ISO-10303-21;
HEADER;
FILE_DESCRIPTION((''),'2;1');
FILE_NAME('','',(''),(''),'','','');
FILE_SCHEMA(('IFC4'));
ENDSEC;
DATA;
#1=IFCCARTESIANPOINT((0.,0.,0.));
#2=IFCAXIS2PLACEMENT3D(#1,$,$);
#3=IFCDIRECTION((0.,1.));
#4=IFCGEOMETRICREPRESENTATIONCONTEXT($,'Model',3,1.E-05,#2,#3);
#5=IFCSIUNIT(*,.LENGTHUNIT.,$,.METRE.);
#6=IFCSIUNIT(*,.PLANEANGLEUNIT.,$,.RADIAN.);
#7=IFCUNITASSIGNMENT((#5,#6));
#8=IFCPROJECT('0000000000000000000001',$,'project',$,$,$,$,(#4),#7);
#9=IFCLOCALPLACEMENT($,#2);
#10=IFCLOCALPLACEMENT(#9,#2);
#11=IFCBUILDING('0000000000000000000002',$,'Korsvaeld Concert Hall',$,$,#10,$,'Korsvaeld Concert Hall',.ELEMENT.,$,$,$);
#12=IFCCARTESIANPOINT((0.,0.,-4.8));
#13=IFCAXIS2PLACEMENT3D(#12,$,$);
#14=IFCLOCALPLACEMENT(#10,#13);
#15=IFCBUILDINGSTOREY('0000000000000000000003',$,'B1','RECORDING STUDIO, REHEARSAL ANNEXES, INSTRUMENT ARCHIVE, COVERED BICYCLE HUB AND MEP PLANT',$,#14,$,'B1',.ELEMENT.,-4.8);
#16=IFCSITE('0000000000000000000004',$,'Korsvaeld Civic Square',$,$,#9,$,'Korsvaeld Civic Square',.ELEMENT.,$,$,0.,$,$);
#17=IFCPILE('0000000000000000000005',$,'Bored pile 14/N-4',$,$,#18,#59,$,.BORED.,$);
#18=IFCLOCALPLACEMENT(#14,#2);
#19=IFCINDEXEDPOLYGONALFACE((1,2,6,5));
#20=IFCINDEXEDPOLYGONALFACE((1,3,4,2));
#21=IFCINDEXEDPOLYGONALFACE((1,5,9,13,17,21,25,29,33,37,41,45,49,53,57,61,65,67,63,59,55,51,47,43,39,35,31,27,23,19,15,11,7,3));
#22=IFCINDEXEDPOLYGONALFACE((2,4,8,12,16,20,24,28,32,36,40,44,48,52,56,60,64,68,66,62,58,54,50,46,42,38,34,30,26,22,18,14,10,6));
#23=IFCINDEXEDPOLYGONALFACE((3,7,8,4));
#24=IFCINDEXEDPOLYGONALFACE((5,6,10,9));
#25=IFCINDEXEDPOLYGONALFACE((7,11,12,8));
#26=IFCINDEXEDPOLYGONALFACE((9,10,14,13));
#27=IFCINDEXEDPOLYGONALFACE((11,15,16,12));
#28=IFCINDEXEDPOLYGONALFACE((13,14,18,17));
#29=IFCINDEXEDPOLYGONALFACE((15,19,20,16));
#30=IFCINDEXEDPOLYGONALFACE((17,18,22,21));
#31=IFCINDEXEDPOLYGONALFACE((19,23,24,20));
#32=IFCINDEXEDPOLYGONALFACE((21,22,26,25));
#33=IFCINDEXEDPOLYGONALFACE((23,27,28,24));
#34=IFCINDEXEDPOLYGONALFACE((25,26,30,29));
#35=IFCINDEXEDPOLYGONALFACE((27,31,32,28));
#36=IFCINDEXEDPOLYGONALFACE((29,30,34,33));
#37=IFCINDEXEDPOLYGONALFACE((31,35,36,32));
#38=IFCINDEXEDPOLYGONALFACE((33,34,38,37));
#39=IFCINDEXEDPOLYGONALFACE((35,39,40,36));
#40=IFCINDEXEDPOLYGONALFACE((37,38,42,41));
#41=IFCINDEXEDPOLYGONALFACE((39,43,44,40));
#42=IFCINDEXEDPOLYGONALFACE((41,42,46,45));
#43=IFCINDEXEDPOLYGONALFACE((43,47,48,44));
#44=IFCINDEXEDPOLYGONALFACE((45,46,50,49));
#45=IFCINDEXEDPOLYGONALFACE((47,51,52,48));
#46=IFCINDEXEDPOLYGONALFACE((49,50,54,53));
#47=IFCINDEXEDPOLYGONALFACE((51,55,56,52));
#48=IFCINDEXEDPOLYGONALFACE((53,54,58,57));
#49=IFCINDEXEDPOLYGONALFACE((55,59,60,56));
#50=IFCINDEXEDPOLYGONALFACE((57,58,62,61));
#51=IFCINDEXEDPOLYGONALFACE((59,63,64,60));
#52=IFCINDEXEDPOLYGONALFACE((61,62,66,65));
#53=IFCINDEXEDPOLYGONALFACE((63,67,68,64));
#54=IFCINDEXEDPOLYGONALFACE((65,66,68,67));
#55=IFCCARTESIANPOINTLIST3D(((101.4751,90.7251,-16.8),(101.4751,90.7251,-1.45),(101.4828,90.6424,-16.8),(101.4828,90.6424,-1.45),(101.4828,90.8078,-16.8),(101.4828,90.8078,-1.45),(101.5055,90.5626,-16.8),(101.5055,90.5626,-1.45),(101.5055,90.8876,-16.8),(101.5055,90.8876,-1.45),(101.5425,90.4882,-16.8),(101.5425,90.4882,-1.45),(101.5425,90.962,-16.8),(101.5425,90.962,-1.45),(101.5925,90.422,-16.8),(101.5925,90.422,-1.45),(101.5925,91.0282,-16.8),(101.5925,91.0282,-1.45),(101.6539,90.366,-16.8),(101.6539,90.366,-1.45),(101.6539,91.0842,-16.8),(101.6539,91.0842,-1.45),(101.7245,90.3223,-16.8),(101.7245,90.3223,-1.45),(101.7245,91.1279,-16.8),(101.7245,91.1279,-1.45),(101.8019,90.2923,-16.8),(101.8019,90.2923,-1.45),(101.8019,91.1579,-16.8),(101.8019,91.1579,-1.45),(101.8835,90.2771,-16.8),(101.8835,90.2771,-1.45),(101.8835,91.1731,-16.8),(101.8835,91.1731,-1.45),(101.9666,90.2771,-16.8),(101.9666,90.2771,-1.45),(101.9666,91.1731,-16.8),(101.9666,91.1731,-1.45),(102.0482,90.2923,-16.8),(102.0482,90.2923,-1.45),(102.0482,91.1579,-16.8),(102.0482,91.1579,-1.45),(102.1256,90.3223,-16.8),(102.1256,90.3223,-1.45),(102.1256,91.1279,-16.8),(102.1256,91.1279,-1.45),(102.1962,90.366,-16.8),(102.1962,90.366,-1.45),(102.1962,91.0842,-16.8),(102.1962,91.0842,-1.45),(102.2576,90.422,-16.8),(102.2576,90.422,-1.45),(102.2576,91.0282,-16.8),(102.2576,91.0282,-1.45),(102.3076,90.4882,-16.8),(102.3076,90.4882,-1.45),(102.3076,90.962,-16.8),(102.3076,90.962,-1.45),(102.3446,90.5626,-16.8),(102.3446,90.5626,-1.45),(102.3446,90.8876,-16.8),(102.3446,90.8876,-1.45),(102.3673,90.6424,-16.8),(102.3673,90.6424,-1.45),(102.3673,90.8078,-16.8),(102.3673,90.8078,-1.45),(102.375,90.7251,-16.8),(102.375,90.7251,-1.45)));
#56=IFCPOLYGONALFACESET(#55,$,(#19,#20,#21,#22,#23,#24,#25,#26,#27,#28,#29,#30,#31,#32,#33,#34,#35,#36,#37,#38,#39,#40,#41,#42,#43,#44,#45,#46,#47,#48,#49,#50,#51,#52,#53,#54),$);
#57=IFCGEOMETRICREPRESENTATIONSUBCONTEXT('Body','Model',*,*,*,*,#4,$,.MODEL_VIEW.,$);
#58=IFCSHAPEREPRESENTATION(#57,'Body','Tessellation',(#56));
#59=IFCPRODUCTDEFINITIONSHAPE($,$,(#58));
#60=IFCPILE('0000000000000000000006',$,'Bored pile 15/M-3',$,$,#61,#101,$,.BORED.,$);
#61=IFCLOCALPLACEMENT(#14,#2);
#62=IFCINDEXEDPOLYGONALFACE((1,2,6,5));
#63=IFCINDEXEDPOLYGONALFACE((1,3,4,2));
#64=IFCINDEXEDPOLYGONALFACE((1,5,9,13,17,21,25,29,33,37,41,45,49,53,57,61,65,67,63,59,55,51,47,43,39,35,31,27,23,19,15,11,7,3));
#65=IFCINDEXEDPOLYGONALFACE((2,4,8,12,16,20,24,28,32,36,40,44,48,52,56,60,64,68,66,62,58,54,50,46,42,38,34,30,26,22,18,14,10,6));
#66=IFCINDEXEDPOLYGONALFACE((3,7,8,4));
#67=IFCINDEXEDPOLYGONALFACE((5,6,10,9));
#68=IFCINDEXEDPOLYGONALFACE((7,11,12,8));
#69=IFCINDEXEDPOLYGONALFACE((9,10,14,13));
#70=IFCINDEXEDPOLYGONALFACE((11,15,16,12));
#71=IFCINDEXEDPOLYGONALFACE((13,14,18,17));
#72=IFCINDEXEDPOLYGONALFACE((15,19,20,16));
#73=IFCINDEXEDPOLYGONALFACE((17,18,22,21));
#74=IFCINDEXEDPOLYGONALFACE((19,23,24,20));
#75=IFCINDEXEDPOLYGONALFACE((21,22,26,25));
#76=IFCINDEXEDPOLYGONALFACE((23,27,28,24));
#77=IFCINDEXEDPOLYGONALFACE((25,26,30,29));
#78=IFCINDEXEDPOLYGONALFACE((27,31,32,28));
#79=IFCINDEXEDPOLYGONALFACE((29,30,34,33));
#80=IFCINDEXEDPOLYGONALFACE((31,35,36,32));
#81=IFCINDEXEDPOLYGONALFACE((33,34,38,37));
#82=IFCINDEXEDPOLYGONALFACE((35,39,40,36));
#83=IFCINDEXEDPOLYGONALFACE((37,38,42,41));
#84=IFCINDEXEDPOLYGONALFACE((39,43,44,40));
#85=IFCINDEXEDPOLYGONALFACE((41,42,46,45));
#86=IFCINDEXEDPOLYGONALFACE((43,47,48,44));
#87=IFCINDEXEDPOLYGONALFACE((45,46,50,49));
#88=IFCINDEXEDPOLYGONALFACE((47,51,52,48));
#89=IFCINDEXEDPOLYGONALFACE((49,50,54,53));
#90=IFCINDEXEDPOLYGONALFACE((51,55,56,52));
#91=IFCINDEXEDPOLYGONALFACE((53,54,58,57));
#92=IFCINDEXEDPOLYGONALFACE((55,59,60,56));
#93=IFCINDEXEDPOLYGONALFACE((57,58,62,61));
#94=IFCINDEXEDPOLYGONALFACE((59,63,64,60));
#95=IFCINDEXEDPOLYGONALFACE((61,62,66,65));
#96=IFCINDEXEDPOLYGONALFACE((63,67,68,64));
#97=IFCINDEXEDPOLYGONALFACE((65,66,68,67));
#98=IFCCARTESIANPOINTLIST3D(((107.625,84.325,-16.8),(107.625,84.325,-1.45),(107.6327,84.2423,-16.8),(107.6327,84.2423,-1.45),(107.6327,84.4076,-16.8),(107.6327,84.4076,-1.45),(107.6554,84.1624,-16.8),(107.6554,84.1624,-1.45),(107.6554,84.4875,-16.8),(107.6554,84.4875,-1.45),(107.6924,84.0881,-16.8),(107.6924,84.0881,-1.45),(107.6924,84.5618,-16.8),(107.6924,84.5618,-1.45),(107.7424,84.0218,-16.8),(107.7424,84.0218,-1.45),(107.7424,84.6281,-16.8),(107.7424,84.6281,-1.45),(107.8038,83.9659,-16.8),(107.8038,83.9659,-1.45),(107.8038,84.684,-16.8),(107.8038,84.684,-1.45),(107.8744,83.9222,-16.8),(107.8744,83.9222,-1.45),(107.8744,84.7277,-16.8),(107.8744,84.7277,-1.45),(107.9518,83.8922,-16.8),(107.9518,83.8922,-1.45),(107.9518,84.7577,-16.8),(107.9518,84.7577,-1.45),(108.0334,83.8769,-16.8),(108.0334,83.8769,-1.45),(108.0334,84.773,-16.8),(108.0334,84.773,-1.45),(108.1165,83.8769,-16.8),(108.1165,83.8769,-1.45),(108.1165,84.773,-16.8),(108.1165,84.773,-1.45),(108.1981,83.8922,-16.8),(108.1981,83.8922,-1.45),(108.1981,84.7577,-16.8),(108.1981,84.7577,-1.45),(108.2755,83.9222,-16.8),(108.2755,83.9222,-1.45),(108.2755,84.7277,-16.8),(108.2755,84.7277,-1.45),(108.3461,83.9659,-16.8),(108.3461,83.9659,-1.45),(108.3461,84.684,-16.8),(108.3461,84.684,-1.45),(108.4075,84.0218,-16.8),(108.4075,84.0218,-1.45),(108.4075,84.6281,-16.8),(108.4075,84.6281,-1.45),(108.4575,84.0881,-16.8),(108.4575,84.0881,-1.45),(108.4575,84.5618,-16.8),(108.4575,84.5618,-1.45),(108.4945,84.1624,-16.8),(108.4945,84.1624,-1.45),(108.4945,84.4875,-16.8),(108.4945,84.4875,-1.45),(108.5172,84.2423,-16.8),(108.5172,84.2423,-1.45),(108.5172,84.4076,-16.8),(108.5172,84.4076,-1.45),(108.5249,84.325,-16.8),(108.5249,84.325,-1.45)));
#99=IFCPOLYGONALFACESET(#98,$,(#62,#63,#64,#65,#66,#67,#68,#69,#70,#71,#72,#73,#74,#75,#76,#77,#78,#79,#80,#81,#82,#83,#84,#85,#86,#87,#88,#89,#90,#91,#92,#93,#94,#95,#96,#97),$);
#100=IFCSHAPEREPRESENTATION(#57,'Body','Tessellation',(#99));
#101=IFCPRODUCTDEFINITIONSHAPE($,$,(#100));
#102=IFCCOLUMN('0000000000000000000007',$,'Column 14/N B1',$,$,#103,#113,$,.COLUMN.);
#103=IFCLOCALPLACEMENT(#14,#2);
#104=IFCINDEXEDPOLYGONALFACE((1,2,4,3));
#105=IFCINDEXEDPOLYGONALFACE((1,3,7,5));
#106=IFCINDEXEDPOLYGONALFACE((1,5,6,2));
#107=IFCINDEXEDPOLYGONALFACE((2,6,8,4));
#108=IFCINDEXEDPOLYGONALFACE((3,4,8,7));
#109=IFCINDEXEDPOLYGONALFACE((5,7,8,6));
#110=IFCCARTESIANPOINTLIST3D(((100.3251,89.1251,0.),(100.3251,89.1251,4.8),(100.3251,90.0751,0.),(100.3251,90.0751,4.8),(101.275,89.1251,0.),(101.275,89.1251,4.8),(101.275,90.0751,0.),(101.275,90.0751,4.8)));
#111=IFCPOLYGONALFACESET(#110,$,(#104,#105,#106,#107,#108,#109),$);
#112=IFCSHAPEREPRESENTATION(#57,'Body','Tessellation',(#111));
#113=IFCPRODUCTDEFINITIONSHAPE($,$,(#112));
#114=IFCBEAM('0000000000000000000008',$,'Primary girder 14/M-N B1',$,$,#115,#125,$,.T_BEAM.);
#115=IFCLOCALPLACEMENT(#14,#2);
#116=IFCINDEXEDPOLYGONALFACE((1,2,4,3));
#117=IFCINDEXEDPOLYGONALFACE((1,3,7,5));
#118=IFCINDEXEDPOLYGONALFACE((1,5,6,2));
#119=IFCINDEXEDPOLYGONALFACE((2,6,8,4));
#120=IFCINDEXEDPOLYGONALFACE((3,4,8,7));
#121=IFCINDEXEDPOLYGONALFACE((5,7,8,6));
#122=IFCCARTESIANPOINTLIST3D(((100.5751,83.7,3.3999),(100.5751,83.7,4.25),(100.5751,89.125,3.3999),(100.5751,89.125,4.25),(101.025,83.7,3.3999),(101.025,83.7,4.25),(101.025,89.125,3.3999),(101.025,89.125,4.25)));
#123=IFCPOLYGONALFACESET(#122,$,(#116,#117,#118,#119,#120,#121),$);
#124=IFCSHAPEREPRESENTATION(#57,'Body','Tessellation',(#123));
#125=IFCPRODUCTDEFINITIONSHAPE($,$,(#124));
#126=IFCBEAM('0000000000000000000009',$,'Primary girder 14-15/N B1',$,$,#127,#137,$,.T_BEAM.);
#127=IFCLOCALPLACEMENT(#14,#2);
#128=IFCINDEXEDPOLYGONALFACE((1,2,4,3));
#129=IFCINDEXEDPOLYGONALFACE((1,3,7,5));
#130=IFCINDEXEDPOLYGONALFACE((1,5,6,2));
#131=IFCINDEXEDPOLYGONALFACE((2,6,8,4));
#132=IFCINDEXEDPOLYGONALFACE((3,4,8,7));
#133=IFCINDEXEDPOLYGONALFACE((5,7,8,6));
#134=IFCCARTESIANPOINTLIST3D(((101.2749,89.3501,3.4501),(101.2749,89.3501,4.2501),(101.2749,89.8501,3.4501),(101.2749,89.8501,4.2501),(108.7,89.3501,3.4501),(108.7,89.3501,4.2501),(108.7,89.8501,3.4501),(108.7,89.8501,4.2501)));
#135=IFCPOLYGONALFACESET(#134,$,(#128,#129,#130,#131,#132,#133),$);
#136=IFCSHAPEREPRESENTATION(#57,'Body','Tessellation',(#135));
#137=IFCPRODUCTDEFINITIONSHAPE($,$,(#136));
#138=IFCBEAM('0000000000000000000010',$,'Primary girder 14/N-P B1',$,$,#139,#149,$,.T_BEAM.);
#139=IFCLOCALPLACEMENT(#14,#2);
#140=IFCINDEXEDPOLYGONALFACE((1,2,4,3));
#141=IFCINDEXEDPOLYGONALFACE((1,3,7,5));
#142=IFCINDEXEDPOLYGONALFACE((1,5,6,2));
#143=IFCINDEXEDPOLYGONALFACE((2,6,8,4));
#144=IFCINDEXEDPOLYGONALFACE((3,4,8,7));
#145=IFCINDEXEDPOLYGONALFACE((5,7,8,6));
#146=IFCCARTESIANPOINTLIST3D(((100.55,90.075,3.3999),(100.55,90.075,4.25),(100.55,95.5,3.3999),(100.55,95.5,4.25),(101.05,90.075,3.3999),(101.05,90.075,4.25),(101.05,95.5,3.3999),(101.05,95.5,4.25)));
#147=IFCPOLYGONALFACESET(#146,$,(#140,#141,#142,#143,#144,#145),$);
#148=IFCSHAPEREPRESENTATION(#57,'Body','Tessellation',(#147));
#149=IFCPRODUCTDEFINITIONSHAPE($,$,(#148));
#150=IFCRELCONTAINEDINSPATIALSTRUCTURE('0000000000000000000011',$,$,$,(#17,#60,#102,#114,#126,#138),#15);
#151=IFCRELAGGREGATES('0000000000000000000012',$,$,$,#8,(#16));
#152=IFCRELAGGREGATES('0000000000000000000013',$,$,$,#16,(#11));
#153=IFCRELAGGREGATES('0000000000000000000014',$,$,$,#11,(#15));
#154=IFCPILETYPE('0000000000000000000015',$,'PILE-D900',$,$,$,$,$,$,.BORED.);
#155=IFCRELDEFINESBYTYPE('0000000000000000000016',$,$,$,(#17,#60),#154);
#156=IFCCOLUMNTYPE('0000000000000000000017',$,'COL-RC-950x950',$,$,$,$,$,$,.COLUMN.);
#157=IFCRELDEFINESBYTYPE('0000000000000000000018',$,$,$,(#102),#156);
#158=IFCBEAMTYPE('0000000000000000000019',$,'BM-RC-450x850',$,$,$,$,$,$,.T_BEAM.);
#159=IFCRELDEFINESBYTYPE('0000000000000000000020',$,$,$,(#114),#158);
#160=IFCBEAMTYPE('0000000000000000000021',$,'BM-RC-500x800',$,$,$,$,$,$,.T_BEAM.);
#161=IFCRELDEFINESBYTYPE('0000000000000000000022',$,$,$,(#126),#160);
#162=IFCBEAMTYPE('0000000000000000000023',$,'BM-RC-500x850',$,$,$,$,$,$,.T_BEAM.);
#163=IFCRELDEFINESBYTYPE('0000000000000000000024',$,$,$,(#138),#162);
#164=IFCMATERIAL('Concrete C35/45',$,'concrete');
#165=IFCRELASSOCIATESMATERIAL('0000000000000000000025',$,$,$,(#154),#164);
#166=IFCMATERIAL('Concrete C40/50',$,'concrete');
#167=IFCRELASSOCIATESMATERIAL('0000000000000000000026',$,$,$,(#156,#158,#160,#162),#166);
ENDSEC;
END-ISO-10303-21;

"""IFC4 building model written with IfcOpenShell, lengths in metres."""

from ifc_helpers import new_model, si_unit, direction, frame, origin, origin_2d, place, context, subcontext, project, spatial, rectangle, circle, extrude, material, material_profile, profile_set, type_object, element, save


model = new_model("IFC4")

# Units and contexts
model_context = context("Model", 3, precision=1e-05, world=origin(), true_north=direction((0.0, 1.0)))
body_context = subcontext(model_context, "Body", "Model", "MODEL_VIEW")
ifc_project = project(units=[si_unit("LENGTHUNIT", "METRE"), si_unit("PLANEANGLEUNIT", "RADIAN")], contexts=[model_context])

# Site, building, storey
site_placement = place(None, origin())
site = spatial("IfcSite", under=ifc_project, at=site_placement, Name="Korsvaeld Civic Square", LongName="Korsvaeld Civic Square", CompositionType="ELEMENT", RefElevation=0.0)
building_placement = place(site_placement, origin())
building = spatial("IfcBuilding", under=site, at=building_placement, Name="Korsvaeld Concert Hall", LongName="Korsvaeld Concert Hall", CompositionType="ELEMENT")
storey_placement = place(building_placement, frame((0.0, 0.0, -4.8)))
storey = spatial("IfcBuildingStorey", under=building, at=storey_placement, Name="B1", Description="RECORDING STUDIO, REHEARSAL ANNEXES, INSTRUMENT ARCHIVE, COVERED BICYCLE HUB AND MEP PLANT", LongName="B1", CompositionType="ELEMENT", Elevation=-4.8)

# Shared definitions
ifc_material_1 = material(Name="Concrete C35/45", Category="concrete")

# Piles
ifc_material_2 = material(Name="Concrete C40/50", Category="concrete")
ifc_material_profile_1 = material_profile(ifc_material_1, circle(Radius=0.45, at=origin_2d()), Name="BORED PILE D900")
ifc_profile_set_1 = profile_set([ifc_material_profile_1], Name="Concrete C35/45")
pile_type_1 = type_object("IfcPileType", Name="PILE-D900", PredefinedType="BORED", material=ifc_profile_set_1)
for number, where, z_axis, x_axis, name in (
    (1, (101.925, 90.7251, -1.45), (0.0, 0.0, -1.0), (1.0, 0.0, 0.0), "Bored pile 14/N-4"),
    (2, (108.075, 84.325, -1.45), (0.0, 0.0, -1.0), (1.0, 0.0, 0.0), "Bored pile 15/M-3"),
):
    element("IfcPile", number, at=place(storey_placement, frame(where, z_axis=z_axis, x_axis=x_axis)), inside=storey, type_object=pile_type_1, Name=name, PredefinedType="BORED", context=body_context, shape_type="SweptSolid", body=[
        extrude(circle(Radius=0.45, at=origin_2d()), origin(), (0.0, 0.0, 1.0), 15.3501),
    ])

# Column
ifc_material_profile_2 = material_profile(ifc_material_2, rectangle(XDim=0.95, YDim=0.95, at=origin_2d()), Name="RC 950x950")
ifc_profile_set_2 = profile_set([ifc_material_profile_2], Name="Concrete C40/50")
column_type = type_object("IfcColumnType", Name="COL-RC-950x950", PredefinedType="COLUMN", material=ifc_profile_set_2)
column_placement = place(storey_placement, frame((100.8, 89.6001, 0.0), z_axis=(0.0, 0.0, 1.0), x_axis=(1.0, 0.0, 0.0)))
element("IfcColumn", 3, at=column_placement, inside=storey, type_object=column_type, Name="Column 14/N B1", PredefinedType="COLUMN", context=body_context, shape_type="SweptSolid", body=[
    extrude(rectangle(XDim=0.95, YDim=0.95, at=origin_2d()), origin(), (0.0, 0.0, 1.0), 4.8),
])

# Beams
ifc_material_profile_3 = material_profile(ifc_material_2, rectangle(XDim=0.45, YDim=0.8501, at=origin_2d()), Name="RC 450x850")
ifc_profile_set_3 = profile_set([ifc_material_profile_3], Name="Concrete C40/50")
beam_type_1 = type_object("IfcBeamType", Name="BM-RC-450x850", PredefinedType="T_BEAM", material=ifc_profile_set_3)
beam_1_placement = place(storey_placement, frame((100.8, 83.7, 3.825), z_axis=(0.0, 1.0, 0.0), x_axis=(-1.0, 0.0, 0.0)))
element("IfcBeam", 4, at=beam_1_placement, inside=storey, type_object=beam_type_1, Name="Primary girder 14/M-N B1", PredefinedType="T_BEAM", context=body_context, shape_type="SweptSolid", body=[
    extrude(rectangle(XDim=0.45, YDim=0.8501, at=origin_2d()), origin(), (0.0, 0.0, 1.0), 5.425),
])
ifc_material_profile_4 = material_profile(ifc_material_2, rectangle(XDim=0.5, YDim=0.8, at=origin_2d()), Name="RC 500x800")
ifc_profile_set_4 = profile_set([ifc_material_profile_4], Name="Concrete C40/50")
beam_type_2 = type_object("IfcBeamType", Name="BM-RC-500x800", PredefinedType="T_BEAM", material=ifc_profile_set_4)
beam_2_placement = place(storey_placement, frame((101.2749, 89.6001, 3.8501), z_axis=(1.0, 0.0, 0.0), x_axis=(0.0, 1.0, 0.0)))
element("IfcBeam", 5, at=beam_2_placement, inside=storey, type_object=beam_type_2, Name="Primary girder 14-15/N B1", PredefinedType="T_BEAM", context=body_context, shape_type="SweptSolid", body=[
    extrude(rectangle(XDim=0.5, YDim=0.8, at=origin_2d()), origin(), (0.0, 0.0, 1.0), 7.425),
])
ifc_material_profile_5 = material_profile(ifc_material_2, rectangle(XDim=0.5, YDim=0.8501, at=origin_2d()), Name="RC 500x850")
ifc_profile_set_5 = profile_set([ifc_material_profile_5], Name="Concrete C40/50")
beam_type_3 = type_object("IfcBeamType", Name="BM-RC-500x850", PredefinedType="T_BEAM", material=ifc_profile_set_5)
beam_3_placement = place(storey_placement, frame((100.8, 90.075, 3.825), z_axis=(0.0, 1.0, 0.0), x_axis=(-1.0, 0.0, 0.0)))
element("IfcBeam", 6, at=beam_3_placement, inside=storey, type_object=beam_type_3, Name="Primary girder 14/N-P B1", PredefinedType="T_BEAM", context=body_context, shape_type="SweptSolid", body=[
    extrude(rectangle(XDim=0.5, YDim=0.8501, at=origin_2d()), origin(), (0.0, 0.0, 1.0), 5.425),
])

save(model, "model.ifc")
